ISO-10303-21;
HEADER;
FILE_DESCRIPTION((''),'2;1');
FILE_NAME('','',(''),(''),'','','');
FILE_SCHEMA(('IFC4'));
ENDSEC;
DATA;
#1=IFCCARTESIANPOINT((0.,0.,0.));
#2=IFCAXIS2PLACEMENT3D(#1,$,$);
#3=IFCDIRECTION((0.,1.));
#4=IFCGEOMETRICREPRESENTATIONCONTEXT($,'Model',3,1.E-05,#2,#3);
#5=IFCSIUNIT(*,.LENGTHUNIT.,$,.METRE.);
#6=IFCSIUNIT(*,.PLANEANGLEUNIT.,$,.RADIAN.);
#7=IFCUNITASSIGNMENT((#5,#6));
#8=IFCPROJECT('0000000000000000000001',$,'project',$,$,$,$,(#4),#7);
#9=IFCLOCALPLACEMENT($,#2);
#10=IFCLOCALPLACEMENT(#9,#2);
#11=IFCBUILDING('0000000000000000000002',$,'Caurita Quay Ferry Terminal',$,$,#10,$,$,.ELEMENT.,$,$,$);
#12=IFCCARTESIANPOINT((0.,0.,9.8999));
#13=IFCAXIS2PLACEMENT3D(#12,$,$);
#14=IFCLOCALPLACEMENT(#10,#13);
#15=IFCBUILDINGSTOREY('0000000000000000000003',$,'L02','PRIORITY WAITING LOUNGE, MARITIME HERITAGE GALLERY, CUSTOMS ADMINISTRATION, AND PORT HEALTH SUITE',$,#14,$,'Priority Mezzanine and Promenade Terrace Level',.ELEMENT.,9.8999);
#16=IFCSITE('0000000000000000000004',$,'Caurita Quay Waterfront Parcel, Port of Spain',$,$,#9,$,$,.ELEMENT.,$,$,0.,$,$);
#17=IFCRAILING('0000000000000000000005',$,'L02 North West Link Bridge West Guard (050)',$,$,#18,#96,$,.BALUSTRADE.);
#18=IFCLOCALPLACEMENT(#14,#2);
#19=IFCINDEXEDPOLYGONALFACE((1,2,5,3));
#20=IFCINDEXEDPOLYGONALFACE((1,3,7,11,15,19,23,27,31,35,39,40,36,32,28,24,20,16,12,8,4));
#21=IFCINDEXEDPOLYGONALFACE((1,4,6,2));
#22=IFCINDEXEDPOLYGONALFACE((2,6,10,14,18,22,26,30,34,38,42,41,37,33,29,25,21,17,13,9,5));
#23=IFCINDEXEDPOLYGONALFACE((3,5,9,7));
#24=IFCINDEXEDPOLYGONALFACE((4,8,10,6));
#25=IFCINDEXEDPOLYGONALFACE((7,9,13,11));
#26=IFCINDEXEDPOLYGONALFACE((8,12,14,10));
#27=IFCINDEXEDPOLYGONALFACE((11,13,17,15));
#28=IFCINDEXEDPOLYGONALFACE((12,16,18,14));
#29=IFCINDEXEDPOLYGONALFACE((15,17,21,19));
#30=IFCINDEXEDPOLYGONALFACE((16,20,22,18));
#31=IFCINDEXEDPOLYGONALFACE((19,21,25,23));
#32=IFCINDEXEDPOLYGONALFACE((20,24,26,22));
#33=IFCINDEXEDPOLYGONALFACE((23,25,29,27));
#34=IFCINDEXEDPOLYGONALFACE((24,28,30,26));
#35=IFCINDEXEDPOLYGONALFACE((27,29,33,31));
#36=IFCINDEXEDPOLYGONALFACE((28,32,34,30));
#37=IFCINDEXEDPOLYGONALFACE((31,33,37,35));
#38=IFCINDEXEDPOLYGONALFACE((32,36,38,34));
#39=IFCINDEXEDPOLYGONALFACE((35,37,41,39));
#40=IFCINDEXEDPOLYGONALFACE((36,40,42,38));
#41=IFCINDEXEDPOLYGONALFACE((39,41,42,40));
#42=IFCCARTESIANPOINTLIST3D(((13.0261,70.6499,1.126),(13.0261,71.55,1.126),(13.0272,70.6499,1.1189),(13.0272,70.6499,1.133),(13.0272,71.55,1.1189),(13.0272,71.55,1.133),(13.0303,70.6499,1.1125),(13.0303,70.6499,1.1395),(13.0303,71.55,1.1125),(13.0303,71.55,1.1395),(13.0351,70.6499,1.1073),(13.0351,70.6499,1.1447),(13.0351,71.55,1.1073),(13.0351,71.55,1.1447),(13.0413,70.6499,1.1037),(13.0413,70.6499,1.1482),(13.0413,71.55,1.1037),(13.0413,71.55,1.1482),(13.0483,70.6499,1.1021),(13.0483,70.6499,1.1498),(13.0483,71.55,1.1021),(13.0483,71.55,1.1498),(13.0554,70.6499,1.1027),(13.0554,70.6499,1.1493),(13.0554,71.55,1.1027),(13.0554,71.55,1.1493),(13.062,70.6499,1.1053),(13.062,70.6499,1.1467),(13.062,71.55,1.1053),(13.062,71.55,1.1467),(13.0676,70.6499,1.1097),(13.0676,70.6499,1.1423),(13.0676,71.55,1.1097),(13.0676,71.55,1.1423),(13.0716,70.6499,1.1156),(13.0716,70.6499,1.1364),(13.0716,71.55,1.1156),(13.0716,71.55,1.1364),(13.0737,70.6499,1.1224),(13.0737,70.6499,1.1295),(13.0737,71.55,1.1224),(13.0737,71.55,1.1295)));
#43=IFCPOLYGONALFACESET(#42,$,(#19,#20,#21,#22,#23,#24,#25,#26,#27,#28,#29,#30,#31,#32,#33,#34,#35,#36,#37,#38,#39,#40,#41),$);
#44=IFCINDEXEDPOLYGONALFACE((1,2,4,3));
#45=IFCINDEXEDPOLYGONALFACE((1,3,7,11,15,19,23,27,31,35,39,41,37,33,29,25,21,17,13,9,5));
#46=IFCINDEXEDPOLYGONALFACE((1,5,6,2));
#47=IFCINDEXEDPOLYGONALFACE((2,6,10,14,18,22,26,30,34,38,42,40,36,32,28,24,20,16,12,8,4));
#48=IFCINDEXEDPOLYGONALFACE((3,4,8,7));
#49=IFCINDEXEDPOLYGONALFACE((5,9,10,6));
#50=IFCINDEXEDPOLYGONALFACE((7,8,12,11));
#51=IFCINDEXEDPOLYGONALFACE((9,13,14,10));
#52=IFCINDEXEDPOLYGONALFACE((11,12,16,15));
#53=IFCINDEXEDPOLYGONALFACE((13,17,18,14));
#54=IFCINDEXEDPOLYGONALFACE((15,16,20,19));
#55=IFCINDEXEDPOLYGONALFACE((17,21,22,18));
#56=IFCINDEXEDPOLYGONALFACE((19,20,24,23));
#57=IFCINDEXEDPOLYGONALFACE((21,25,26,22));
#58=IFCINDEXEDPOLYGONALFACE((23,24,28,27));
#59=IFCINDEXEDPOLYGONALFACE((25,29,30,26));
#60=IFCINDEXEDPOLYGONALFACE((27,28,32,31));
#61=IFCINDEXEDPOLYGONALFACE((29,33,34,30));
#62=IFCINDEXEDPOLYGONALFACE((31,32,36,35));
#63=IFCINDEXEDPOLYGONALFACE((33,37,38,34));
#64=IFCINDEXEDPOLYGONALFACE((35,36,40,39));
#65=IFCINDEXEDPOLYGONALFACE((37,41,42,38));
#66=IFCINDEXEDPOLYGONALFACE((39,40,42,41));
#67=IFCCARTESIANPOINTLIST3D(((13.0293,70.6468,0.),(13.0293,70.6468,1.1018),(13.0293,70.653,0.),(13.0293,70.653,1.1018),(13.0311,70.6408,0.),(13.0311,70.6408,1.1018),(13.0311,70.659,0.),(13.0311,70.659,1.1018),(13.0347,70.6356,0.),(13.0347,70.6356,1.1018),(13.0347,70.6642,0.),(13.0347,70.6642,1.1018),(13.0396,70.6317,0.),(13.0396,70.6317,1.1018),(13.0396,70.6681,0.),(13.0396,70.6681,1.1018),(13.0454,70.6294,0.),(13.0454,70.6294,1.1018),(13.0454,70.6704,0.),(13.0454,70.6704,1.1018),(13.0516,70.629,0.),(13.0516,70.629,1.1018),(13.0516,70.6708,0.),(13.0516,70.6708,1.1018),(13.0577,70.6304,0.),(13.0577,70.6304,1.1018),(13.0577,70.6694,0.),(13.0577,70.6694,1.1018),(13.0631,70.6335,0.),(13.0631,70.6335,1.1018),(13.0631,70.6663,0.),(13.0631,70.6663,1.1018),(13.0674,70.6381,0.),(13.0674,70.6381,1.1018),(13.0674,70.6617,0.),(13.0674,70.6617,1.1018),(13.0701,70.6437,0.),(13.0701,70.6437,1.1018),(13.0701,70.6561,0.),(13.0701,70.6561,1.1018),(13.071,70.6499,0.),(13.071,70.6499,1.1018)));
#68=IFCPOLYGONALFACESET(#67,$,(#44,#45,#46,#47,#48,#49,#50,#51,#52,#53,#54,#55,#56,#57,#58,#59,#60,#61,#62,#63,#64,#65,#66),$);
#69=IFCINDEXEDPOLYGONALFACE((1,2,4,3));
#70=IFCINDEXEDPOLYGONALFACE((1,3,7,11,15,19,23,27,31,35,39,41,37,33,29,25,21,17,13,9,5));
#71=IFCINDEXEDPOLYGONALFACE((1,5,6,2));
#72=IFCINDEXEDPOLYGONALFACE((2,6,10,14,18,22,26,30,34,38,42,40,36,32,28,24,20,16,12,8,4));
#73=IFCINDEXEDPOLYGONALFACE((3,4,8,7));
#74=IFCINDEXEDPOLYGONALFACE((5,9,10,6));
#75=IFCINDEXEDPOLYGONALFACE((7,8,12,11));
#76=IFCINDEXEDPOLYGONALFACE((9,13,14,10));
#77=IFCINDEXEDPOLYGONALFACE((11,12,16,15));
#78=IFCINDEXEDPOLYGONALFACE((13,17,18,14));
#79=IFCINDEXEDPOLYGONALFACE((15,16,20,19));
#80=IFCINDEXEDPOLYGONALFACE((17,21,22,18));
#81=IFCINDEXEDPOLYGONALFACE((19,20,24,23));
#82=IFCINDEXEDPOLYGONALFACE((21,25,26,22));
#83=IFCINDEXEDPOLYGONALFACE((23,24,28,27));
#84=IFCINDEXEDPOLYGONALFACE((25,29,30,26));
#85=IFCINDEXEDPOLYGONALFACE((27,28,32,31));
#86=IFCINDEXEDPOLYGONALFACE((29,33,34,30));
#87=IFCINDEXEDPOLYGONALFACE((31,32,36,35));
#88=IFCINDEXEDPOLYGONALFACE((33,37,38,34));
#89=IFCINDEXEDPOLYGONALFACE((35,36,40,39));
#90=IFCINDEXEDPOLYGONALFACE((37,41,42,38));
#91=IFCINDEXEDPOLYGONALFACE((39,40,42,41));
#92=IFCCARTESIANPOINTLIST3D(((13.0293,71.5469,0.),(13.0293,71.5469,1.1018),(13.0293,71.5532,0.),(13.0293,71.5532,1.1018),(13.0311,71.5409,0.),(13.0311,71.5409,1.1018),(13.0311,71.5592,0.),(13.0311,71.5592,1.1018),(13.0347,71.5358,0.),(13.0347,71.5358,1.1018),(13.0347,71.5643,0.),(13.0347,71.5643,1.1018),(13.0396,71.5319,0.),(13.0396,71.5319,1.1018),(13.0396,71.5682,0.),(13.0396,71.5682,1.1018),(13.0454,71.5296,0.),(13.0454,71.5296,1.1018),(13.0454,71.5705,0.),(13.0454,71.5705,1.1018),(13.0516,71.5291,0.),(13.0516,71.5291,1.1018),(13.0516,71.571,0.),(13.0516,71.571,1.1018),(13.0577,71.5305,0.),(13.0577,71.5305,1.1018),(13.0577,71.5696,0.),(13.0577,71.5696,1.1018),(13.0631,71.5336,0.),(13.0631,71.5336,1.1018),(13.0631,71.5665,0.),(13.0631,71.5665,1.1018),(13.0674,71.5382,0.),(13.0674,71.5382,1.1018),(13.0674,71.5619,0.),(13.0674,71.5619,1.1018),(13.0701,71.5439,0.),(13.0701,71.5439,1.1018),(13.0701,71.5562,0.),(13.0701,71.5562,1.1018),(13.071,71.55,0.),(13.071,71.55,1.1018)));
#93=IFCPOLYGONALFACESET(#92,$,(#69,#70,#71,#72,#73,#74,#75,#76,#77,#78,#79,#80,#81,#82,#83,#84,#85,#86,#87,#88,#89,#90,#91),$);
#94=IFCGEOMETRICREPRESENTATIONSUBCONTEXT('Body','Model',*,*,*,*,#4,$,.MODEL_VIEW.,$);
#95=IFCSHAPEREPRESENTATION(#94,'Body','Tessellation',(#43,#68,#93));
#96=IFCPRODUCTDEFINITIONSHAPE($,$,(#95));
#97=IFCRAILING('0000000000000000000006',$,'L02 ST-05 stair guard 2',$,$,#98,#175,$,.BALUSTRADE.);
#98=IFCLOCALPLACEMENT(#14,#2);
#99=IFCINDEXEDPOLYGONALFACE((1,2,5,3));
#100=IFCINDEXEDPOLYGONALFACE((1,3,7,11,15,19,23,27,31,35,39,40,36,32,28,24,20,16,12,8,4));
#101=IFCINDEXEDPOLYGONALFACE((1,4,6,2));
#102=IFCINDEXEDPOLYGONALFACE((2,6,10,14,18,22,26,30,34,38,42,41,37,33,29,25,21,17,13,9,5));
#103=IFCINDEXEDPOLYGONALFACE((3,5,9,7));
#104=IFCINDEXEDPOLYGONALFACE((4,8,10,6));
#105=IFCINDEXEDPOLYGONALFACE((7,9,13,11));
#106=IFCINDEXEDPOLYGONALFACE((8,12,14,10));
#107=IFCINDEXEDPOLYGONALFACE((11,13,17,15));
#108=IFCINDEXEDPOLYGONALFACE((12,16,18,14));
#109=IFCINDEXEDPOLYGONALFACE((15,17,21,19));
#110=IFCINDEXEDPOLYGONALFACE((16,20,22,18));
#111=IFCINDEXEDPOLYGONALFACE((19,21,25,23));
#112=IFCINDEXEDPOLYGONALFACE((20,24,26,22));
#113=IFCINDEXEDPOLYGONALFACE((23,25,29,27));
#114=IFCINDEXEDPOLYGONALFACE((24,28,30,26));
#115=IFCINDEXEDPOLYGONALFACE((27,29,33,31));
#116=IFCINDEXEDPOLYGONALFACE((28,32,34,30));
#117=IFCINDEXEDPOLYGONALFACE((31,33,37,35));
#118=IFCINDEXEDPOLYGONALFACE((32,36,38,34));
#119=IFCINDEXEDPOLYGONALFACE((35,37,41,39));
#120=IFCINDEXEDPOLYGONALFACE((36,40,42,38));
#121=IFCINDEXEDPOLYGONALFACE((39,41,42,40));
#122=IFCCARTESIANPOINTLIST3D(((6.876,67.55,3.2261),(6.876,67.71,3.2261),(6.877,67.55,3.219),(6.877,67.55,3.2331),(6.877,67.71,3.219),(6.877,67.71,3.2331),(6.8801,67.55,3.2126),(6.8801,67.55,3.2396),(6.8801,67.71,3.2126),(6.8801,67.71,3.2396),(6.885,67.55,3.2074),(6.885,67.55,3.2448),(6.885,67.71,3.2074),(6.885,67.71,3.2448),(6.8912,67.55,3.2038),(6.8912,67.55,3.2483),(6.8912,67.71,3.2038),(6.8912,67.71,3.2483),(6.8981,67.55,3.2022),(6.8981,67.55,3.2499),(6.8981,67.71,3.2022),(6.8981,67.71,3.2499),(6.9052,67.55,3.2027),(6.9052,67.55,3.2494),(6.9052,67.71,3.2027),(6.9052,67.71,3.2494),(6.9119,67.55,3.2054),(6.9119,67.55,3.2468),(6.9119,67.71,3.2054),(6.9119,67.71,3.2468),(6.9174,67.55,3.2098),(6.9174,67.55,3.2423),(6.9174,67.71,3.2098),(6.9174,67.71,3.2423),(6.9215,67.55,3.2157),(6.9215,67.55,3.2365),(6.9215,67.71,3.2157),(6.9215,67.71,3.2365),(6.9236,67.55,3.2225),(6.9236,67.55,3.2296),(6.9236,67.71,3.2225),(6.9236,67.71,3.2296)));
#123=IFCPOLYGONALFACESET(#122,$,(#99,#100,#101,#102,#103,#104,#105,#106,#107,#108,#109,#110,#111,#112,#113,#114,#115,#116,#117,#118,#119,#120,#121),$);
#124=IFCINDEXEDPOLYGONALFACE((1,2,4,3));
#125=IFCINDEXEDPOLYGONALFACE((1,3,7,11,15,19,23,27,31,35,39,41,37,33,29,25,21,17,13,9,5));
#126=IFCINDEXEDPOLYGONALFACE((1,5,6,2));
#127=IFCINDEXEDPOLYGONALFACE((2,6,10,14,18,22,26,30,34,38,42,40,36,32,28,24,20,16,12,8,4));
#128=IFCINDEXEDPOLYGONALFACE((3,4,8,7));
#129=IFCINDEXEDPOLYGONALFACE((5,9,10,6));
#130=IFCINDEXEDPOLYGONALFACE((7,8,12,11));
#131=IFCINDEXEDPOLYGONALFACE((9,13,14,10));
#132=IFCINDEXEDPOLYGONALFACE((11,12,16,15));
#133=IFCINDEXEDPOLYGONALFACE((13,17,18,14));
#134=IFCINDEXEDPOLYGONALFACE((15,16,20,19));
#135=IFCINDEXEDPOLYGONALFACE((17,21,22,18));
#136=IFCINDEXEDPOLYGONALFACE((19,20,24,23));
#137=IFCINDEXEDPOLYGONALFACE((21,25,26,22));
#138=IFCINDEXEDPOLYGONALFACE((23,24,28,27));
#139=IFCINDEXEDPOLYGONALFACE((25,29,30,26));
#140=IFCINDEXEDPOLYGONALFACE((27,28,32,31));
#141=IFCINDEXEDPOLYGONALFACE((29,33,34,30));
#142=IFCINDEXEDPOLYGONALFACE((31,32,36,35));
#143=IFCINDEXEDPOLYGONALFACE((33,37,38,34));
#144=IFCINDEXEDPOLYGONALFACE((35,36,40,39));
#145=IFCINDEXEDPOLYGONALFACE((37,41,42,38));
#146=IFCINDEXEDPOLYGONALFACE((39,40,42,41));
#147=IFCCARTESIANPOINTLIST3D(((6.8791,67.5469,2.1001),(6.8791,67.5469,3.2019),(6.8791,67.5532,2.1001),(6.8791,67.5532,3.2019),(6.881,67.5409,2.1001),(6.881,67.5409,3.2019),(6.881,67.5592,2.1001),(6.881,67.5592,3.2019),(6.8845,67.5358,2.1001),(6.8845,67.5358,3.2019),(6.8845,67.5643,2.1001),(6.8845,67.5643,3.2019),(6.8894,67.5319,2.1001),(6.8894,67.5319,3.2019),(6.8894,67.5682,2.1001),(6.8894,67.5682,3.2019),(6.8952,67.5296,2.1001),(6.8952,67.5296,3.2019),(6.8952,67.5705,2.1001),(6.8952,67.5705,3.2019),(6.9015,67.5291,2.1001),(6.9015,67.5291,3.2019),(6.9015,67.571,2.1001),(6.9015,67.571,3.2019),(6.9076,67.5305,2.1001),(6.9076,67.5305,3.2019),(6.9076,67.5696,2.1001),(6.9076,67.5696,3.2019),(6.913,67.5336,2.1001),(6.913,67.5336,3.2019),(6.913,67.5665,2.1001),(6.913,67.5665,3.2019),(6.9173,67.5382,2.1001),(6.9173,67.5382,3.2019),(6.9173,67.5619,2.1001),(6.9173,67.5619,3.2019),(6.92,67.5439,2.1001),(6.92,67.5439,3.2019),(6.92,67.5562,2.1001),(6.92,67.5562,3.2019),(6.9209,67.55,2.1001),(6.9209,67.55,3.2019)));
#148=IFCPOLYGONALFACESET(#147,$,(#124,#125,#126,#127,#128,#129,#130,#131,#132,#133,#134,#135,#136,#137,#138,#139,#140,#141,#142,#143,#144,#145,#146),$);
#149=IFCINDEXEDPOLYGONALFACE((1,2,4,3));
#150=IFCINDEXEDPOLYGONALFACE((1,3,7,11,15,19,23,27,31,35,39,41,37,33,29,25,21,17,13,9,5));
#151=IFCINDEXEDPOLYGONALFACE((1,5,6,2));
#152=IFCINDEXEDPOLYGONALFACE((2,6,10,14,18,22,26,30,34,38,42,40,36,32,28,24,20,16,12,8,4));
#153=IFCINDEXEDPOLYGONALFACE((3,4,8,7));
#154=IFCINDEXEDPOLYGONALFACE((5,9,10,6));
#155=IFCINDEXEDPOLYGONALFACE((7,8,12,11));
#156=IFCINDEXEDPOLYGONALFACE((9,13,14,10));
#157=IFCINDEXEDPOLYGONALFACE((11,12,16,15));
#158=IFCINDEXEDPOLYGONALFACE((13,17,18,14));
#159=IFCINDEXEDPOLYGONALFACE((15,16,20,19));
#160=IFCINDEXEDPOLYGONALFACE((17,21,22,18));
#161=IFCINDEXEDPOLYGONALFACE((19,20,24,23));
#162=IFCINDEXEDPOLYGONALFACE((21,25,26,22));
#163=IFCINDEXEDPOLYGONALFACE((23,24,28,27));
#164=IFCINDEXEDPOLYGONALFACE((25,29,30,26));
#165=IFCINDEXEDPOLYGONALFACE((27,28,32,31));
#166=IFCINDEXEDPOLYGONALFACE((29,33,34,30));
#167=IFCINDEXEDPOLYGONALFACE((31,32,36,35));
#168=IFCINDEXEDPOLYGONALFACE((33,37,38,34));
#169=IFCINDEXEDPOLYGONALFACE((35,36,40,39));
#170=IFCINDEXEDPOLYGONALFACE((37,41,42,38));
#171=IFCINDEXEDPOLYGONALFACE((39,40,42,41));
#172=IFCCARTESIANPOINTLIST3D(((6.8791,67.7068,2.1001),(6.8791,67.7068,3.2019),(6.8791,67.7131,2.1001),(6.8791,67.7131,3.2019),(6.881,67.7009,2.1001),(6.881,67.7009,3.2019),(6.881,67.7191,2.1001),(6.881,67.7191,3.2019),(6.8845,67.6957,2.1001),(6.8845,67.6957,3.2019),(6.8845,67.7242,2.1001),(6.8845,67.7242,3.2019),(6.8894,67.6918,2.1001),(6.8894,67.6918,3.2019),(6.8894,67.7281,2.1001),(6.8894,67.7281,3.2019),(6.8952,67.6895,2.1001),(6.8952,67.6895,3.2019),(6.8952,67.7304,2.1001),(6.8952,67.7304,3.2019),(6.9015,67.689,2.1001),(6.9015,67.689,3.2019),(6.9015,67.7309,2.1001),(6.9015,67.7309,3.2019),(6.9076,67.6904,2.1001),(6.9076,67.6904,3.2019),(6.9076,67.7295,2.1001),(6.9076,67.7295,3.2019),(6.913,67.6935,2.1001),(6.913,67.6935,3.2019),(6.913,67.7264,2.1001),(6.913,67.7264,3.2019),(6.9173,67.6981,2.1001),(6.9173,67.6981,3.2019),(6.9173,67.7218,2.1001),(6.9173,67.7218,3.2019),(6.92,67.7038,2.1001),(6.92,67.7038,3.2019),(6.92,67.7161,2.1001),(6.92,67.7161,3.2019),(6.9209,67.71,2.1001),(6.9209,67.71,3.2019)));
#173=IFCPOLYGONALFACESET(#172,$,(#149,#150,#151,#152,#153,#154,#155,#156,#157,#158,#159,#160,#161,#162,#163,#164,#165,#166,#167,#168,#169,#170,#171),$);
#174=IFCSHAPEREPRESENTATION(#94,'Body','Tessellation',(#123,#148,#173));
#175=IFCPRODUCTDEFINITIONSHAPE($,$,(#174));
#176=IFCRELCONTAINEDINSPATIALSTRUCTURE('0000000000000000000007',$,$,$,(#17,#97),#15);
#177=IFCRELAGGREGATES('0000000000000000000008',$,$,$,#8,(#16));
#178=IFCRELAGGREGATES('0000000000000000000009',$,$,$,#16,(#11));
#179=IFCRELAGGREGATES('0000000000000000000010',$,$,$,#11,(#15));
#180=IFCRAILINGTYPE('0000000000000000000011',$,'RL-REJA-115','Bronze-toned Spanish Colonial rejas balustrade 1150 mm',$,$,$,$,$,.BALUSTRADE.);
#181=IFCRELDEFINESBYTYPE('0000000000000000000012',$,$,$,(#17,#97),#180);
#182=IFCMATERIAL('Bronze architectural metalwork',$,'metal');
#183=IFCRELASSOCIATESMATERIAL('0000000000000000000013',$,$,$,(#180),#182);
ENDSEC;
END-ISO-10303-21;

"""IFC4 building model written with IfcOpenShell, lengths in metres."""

from ifc_helpers import new_model, si_unit, direction, frame, origin, origin_2d, place, context, subcontext, project, spatial, circle, extrude, material, type_object, element, save


model = new_model("IFC4")

# Units and contexts
model_context = context("Model", 3, precision=1e-05, world=origin(), true_north=direction((0.0, 1.0)))
body_context = subcontext(model_context, "Body", "Model", "MODEL_VIEW")
ifc_project = project(units=[si_unit("LENGTHUNIT", "METRE"), si_unit("PLANEANGLEUNIT", "RADIAN")], contexts=[model_context])

# Site, building, storey
site_placement = place(None, origin())
site = spatial("IfcSite", under=ifc_project, at=site_placement, Name="Caurita Quay Waterfront Parcel, Port of Spain", CompositionType="ELEMENT", RefElevation=0.0)
building_placement = place(site_placement, origin())
building = spatial("IfcBuilding", under=site, at=building_placement, Name="Caurita Quay Ferry Terminal", CompositionType="ELEMENT")
storey_placement = place(building_placement, frame((0.0, 0.0, 9.8999)))
storey = spatial("IfcBuildingStorey", under=building, at=storey_placement, Name="L02", Description="PRIORITY WAITING LOUNGE, MARITIME HERITAGE GALLERY, CUSTOMS ADMINISTRATION, AND PORT HEALTH SUITE", LongName="Priority Mezzanine and Promenade Terrace Level", CompositionType="ELEMENT", Elevation=9.8999)

# Railings
ifc_material_1 = material(Name="Bronze architectural metalwork", Category="metal")
railing_type_1 = type_object("IfcRailingType", Name="RL-REJA-115", Description="Bronze-toned Spanish Colonial rejas balustrade 1150 mm", PredefinedType="BALUSTRADE", material=ifc_material_1)
railing_1_placement = place(storey_placement, frame((13.05, 70.6499, 0.0)))
element("IfcRailing", 1, at=railing_1_placement, inside=storey, type_object=railing_type_1, Name="L02 North West Link Bridge West Guard (050)", PredefinedType="BALUSTRADE", context=body_context, shape_type="SweptSolid", body=[
    extrude(circle(Radius=0.0239, at=origin_2d()), frame((0.0, 0.0, 1.126), z_axis=(0.0, 1.0, 0.0), x_axis=(-1.0, 0.0, 0.0)), (0.0, 0.0, 1.0), 0.9001),
    extrude(circle(Radius=0.021, at=origin_2d()), origin(), (0.0, 0.0, 1.0), 1.1018),
    extrude(circle(Radius=0.021, at=origin_2d()), frame((0.0, 0.9001, 0.0)), (0.0, 0.0, 1.0), 1.1018),
])
railing_2_placement = place(storey_placement, frame((6.8999, 67.55, 2.1001)))
element("IfcRailing", 2, at=railing_2_placement, inside=storey, type_object=railing_type_1, Name="L02 ST-05 stair guard 2", PredefinedType="BALUSTRADE", context=body_context, shape_type="SweptSolid", body=[
    extrude(circle(Radius=0.0239, at=origin_2d()), frame((0.0, 0.0, 1.126), z_axis=(0.0, 1.0, 0.0), x_axis=(-1.0, 0.0, 0.0)), (0.0, 0.0, 1.0), 0.1599),
    extrude(circle(Radius=0.021, at=origin_2d()), origin(), (0.0, 0.0, 1.0), 1.1018),
    extrude(circle(Radius=0.021, at=origin_2d()), frame((0.0, 0.1599, 0.0)), (0.0, 0.0, 1.0), 1.1018),
])

save(model, "model.ifc")
